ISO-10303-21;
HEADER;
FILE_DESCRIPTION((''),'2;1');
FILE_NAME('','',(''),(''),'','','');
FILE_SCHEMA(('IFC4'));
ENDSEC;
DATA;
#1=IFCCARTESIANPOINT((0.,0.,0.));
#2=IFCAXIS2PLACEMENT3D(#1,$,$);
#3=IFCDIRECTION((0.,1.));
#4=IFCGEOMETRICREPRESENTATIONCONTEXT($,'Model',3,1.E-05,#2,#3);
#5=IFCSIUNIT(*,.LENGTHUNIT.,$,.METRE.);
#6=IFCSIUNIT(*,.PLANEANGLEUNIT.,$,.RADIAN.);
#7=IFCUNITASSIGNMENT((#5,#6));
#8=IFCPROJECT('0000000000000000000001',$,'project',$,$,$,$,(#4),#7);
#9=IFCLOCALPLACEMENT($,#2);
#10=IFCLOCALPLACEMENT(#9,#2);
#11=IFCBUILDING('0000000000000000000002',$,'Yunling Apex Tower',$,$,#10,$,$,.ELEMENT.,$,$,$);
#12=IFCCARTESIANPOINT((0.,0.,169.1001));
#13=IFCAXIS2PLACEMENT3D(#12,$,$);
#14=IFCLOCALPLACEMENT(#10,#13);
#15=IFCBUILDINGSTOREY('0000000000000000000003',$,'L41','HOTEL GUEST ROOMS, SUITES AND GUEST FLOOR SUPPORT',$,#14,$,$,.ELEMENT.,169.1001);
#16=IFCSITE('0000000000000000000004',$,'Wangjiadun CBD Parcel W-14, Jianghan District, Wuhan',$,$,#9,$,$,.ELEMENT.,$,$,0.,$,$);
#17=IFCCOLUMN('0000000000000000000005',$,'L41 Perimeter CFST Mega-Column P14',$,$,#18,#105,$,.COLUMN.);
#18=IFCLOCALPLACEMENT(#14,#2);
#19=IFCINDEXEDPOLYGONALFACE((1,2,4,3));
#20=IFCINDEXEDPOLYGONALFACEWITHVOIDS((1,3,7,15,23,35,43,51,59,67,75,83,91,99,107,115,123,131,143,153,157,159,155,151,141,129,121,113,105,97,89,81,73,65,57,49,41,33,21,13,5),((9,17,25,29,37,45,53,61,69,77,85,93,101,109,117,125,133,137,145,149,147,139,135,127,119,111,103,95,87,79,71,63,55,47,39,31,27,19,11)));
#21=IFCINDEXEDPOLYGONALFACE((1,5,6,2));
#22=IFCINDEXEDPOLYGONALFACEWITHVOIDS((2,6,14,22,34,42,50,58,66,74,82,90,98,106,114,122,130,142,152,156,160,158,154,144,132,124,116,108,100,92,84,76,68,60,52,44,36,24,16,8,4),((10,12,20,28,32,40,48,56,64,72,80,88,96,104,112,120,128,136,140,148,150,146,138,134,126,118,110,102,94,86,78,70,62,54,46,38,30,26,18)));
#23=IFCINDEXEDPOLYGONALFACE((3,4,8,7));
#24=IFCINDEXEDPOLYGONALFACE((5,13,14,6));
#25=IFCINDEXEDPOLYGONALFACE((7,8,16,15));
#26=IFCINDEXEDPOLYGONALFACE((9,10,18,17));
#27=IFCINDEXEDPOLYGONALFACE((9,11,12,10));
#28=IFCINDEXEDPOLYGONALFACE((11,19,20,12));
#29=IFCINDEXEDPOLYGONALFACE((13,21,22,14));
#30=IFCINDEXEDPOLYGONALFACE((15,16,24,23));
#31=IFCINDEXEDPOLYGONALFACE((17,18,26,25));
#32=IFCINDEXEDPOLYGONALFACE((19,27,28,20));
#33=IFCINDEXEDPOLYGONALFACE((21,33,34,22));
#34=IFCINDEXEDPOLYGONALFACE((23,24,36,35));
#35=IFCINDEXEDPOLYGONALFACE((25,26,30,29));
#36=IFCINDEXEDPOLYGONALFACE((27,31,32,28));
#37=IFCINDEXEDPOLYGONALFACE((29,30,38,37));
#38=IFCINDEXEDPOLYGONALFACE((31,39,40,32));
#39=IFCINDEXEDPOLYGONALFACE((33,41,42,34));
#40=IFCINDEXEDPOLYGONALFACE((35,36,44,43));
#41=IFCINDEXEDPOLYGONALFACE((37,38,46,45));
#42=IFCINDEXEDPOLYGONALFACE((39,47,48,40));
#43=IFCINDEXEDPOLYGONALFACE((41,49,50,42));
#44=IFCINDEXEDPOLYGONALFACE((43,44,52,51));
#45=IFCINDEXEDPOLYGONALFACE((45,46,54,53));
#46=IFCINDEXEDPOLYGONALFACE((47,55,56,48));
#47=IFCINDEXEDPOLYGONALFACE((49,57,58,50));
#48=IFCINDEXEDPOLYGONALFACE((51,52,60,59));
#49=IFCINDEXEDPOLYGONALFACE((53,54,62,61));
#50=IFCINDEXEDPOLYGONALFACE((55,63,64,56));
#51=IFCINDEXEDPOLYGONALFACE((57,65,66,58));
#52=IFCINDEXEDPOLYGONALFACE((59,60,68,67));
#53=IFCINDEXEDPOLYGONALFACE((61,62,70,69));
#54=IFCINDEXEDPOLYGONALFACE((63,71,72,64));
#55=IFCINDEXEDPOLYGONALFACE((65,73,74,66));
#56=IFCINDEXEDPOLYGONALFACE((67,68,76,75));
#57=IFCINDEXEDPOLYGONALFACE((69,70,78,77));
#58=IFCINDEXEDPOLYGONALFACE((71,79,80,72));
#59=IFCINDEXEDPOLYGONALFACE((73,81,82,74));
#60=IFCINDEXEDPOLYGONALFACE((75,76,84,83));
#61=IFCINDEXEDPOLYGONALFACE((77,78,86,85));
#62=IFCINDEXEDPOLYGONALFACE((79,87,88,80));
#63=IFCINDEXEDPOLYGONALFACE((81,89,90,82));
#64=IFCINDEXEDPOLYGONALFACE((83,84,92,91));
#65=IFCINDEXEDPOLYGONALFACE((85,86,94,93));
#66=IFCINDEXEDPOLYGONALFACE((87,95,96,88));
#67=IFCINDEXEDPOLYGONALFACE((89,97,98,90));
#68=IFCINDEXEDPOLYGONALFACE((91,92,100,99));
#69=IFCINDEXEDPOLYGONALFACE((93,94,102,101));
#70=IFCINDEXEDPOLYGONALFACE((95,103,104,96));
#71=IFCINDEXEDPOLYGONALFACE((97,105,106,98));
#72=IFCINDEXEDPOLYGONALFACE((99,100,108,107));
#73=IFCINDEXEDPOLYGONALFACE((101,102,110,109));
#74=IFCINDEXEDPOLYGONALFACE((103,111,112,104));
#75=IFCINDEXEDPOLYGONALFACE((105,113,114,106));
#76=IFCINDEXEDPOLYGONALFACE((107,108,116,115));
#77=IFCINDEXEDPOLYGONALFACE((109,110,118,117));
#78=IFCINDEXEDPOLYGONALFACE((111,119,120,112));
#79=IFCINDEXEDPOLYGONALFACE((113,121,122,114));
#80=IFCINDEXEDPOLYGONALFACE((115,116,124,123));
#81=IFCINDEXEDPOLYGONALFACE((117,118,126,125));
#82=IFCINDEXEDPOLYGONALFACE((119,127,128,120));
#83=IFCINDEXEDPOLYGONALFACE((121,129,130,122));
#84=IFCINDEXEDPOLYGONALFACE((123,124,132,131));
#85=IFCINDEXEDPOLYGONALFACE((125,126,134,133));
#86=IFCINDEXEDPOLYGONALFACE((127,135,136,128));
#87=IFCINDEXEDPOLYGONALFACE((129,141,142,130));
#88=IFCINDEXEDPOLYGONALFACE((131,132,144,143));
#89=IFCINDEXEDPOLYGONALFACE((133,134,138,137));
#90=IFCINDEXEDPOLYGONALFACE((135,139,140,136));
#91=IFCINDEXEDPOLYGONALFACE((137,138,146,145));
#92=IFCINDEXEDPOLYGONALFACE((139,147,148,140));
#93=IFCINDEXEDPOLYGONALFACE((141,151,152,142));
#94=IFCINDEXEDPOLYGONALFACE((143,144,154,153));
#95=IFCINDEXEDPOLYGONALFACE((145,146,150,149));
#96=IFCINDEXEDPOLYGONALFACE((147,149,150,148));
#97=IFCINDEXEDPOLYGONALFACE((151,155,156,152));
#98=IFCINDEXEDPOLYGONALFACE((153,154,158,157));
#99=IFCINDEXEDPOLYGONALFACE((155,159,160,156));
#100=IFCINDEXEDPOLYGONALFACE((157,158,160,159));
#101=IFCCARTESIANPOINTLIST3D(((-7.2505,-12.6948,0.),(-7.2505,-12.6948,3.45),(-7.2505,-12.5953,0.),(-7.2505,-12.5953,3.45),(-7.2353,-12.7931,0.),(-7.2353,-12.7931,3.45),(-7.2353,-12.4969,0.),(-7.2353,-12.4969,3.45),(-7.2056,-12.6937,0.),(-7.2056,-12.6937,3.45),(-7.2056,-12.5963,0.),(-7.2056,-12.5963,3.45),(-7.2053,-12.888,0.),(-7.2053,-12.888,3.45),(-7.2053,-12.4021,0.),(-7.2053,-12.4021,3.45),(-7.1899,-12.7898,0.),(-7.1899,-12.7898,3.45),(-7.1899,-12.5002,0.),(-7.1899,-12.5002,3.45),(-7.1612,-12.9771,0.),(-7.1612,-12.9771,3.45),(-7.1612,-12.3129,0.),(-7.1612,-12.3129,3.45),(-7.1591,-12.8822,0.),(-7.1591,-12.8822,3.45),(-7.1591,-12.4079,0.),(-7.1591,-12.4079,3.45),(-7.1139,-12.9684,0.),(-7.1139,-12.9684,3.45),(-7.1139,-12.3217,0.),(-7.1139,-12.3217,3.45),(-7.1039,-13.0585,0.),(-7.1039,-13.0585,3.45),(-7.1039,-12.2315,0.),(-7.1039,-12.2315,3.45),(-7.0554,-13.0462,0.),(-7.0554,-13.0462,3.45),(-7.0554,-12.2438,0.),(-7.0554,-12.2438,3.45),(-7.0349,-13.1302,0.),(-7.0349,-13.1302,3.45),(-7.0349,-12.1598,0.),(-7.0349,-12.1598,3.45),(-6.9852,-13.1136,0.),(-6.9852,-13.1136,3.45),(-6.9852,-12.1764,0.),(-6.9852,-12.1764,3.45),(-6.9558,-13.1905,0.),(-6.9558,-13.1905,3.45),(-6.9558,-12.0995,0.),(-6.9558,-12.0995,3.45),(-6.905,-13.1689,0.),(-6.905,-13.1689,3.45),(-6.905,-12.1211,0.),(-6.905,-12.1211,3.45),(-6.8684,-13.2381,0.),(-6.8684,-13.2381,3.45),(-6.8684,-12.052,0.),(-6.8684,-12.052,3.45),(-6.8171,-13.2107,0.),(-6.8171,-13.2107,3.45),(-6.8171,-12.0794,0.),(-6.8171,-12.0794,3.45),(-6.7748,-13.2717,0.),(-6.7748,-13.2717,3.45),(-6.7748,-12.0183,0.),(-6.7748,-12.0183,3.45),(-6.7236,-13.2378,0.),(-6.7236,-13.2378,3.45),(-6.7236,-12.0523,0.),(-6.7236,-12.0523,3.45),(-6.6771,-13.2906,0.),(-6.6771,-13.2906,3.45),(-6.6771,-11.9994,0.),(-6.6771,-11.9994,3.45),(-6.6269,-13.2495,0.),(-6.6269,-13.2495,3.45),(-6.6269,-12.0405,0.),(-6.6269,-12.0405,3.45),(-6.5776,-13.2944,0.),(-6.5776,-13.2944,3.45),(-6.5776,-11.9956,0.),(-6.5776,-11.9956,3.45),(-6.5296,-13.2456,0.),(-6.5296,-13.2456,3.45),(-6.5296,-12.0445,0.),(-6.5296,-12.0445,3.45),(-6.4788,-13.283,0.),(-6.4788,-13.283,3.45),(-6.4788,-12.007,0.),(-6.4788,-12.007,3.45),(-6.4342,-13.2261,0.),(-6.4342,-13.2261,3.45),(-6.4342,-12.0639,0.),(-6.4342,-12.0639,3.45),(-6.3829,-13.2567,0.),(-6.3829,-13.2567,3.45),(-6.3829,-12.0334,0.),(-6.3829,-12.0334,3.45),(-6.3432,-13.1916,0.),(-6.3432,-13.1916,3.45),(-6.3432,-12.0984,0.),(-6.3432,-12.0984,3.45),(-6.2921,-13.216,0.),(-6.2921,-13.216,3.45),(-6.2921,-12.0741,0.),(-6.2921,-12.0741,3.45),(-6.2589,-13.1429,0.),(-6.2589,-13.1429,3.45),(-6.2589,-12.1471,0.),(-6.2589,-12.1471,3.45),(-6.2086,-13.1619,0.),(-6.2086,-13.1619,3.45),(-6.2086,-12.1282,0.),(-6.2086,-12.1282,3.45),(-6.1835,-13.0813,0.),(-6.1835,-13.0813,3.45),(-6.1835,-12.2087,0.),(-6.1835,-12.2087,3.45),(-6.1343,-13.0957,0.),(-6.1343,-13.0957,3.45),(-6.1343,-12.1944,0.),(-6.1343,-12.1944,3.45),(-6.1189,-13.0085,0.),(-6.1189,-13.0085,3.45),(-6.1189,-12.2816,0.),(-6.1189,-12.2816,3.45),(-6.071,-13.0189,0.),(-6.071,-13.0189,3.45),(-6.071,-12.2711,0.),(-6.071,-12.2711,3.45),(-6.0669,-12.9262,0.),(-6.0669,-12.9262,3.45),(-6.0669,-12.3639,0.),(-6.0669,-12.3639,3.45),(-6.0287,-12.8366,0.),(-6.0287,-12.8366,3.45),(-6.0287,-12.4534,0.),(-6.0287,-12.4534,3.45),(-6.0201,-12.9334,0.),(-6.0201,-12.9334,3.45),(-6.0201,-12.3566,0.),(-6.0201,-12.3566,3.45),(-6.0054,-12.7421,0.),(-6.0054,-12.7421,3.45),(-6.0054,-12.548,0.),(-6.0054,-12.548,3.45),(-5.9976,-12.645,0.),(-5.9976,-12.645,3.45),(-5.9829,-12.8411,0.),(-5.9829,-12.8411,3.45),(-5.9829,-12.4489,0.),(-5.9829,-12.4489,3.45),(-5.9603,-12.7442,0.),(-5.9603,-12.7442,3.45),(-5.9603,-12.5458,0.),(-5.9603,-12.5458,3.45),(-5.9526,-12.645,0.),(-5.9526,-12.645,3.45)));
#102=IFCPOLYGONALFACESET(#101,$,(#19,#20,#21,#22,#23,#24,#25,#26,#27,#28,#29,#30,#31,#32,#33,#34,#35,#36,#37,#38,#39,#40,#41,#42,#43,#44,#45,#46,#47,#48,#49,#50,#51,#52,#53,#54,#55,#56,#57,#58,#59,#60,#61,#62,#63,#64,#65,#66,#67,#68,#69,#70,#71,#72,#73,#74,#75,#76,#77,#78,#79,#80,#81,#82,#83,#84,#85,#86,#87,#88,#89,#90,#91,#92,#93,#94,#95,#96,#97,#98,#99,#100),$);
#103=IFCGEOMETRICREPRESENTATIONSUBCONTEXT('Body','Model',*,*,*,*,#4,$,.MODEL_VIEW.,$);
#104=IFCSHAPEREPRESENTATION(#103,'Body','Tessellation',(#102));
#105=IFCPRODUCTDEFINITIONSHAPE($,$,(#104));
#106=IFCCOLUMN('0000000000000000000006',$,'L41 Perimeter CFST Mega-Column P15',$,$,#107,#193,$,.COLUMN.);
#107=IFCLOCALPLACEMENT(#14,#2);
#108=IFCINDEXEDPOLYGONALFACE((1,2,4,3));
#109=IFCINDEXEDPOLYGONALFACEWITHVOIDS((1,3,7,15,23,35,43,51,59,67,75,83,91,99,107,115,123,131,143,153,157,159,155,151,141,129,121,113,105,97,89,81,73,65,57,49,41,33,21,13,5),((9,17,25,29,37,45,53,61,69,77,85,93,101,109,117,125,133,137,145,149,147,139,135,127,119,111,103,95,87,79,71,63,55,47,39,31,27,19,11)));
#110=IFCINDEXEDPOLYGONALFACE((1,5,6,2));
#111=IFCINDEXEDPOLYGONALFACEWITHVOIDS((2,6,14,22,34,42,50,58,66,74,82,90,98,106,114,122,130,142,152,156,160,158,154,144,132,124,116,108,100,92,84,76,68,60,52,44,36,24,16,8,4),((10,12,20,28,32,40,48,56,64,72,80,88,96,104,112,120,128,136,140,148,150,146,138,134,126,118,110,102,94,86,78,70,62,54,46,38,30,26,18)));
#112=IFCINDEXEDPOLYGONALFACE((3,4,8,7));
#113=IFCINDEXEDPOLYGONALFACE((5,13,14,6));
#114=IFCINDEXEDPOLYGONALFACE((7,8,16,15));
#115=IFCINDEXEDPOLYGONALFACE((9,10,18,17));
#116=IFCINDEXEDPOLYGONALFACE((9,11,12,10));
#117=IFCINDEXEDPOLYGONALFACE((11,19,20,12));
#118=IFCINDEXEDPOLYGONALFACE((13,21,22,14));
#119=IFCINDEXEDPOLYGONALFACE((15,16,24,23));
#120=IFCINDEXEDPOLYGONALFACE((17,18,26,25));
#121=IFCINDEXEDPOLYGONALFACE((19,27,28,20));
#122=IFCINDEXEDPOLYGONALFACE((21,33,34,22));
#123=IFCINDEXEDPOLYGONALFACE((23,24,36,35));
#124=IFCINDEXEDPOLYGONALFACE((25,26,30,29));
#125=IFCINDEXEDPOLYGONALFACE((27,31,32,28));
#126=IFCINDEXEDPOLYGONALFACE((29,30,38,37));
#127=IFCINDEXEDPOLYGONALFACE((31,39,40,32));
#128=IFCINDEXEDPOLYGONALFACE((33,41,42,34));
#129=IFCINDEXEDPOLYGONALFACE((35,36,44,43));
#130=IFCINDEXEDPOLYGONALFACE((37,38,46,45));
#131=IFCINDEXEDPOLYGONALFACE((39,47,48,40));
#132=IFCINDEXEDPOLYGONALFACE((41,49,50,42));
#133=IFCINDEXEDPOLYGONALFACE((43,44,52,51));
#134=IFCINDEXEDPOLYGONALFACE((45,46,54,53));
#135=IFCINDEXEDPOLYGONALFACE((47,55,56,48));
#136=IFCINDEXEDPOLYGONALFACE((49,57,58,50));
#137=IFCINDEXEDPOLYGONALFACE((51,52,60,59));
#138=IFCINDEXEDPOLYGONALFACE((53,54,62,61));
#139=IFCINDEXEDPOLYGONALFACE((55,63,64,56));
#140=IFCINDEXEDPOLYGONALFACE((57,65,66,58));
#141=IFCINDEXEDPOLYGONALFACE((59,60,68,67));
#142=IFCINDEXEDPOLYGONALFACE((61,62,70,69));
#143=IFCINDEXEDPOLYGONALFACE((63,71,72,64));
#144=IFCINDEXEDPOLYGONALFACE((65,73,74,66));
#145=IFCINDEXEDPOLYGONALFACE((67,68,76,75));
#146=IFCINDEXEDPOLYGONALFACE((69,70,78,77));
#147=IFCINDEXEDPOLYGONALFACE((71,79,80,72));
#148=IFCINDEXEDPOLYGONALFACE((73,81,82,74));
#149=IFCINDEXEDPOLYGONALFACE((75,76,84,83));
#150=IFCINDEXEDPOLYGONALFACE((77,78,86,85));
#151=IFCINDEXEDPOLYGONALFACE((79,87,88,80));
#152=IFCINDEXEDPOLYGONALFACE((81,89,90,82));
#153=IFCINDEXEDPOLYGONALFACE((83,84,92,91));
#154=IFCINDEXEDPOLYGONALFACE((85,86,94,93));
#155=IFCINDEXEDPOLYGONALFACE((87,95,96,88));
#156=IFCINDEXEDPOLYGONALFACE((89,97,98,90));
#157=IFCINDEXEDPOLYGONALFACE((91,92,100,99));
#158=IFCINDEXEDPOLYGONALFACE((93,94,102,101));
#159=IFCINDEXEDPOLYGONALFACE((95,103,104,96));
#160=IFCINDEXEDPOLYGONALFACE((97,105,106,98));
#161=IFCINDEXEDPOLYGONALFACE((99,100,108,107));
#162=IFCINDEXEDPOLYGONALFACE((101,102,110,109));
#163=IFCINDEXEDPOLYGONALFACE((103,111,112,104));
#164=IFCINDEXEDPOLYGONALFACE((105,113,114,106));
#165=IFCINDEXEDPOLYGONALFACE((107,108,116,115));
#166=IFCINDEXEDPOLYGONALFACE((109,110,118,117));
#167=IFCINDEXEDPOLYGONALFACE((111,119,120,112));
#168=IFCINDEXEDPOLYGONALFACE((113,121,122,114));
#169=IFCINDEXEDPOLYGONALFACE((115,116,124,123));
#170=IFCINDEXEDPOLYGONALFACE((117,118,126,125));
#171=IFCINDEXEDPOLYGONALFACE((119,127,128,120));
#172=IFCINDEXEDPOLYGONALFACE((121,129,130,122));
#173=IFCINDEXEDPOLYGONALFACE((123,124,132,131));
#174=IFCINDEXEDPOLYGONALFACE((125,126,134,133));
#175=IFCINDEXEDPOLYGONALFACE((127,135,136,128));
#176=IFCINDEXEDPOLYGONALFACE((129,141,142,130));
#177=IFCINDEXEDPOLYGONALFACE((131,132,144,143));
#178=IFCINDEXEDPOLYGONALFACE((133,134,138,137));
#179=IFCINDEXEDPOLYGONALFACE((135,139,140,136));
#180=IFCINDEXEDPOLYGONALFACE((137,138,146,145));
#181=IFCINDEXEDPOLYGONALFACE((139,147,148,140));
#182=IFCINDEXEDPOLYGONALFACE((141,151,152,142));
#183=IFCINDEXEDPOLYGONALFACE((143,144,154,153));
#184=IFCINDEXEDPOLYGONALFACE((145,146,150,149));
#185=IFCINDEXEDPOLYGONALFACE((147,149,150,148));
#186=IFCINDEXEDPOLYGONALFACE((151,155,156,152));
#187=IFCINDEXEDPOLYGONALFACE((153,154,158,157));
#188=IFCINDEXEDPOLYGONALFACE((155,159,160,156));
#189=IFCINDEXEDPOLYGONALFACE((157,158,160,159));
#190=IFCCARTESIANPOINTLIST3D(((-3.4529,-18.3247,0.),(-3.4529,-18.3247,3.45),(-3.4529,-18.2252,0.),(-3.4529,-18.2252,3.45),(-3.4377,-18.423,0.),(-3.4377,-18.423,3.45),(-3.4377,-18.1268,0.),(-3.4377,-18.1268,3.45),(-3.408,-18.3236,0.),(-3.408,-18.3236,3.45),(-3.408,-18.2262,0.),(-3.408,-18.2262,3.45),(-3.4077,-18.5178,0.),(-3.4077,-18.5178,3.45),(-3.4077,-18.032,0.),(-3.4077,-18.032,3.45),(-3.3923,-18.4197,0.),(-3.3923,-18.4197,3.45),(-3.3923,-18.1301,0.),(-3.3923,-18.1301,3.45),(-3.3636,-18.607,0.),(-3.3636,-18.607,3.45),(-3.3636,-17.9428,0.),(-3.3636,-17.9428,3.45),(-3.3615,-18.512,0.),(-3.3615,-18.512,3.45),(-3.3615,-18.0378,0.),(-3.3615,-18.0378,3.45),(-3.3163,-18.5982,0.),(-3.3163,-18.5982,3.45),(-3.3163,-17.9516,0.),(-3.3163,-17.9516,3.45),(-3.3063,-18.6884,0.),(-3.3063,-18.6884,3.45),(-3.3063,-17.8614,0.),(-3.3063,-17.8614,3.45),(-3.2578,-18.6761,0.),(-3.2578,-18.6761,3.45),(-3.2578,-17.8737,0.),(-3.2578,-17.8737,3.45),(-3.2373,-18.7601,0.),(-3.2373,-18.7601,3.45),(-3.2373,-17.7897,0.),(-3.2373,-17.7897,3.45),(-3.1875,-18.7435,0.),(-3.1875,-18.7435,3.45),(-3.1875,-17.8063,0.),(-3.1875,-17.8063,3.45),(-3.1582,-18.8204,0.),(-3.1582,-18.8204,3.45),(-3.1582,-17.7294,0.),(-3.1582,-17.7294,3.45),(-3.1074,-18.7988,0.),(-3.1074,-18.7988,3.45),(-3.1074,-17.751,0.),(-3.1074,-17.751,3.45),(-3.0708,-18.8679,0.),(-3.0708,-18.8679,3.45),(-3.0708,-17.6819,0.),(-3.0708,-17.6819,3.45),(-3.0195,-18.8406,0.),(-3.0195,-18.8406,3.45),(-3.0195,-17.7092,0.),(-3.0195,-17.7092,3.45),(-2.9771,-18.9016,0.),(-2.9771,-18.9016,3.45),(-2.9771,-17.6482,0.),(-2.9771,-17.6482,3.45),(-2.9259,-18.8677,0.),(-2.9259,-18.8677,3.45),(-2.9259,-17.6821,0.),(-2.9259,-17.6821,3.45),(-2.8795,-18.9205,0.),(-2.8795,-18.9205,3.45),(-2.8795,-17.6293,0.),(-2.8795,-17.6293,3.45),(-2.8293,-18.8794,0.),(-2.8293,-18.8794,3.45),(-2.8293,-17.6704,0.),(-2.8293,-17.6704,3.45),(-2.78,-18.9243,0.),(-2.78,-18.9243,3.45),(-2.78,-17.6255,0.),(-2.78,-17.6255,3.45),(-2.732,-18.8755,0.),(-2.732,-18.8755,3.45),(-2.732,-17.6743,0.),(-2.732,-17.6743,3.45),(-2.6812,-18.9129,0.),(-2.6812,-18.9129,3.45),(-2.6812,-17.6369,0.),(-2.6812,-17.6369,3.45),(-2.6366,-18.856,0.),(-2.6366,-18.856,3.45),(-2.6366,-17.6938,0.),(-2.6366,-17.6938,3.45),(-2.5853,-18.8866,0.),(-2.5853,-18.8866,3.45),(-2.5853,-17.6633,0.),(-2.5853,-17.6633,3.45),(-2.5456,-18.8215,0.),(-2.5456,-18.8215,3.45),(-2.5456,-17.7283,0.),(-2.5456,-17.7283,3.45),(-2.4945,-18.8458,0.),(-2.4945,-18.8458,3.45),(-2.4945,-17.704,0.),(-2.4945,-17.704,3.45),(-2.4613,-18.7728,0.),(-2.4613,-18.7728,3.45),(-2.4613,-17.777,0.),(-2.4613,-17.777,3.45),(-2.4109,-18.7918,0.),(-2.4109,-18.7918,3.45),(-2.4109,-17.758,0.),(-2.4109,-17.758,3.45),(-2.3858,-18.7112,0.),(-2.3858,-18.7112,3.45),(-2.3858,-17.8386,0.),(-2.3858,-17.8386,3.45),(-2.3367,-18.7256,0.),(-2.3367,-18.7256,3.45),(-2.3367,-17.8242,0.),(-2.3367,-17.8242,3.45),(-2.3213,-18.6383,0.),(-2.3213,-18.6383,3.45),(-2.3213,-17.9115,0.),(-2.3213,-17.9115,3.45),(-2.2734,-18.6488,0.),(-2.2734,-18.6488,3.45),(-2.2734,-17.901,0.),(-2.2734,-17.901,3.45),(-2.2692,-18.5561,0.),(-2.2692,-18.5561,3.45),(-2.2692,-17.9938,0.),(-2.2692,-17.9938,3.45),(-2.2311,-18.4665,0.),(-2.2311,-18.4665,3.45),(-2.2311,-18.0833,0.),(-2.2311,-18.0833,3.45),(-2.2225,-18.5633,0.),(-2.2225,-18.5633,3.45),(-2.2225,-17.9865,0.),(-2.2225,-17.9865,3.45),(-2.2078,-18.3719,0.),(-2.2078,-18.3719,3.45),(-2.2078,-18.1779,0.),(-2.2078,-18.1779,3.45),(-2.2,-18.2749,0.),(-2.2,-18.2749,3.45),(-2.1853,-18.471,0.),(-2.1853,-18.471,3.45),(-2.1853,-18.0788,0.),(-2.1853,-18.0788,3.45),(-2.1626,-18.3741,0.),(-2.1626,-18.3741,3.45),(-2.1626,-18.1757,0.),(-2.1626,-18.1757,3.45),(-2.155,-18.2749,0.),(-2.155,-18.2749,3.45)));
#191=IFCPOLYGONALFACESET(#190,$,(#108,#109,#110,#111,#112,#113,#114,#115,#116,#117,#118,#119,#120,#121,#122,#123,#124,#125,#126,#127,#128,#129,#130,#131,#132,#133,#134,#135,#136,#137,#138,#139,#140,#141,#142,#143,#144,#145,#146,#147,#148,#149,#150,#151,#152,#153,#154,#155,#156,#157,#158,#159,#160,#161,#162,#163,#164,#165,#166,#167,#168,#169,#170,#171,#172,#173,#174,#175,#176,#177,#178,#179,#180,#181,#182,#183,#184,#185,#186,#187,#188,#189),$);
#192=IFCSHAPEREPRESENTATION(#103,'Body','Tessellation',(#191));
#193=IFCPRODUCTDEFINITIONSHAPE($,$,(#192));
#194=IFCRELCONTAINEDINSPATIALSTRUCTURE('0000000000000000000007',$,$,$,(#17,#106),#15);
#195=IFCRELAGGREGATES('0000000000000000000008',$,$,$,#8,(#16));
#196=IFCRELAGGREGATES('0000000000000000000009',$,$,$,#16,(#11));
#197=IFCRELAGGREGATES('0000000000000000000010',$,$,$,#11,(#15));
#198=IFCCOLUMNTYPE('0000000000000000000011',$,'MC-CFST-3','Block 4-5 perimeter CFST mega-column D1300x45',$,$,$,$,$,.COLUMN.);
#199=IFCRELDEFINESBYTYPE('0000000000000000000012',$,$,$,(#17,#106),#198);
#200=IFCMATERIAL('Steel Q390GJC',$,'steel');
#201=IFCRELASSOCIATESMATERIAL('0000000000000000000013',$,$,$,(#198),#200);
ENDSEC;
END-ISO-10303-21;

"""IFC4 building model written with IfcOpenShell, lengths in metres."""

from ifc_helpers import new_model, si_unit, direction, frame, origin, origin_2d, place, context, subcontext, project, spatial, hollow_circle, extrude, source, transform, mapped, material, material_profile, profile_set, type_object, element, save


model = new_model("IFC4")

# Units and contexts
model_context = context("Model", 3, precision=1e-05, world=origin(), true_north=direction((0.0, 1.0)))
body_context = subcontext(model_context, "Body", "Model", "MODEL_VIEW")
ifc_project = project(units=[si_unit("LENGTHUNIT", "METRE"), si_unit("PLANEANGLEUNIT", "RADIAN")], contexts=[model_context])

# Site, building, storey
site_placement = place(None, origin())
site = spatial("IfcSite", under=ifc_project, at=site_placement, Name="Wangjiadun CBD Parcel W-14, Jianghan District, Wuhan", CompositionType="ELEMENT", RefElevation=0.0)
building_placement = place(site_placement, origin())
building = spatial("IfcBuilding", under=site, at=building_placement, Name="Yunling Apex Tower", CompositionType="ELEMENT")
storey_placement = place(building_placement, frame((0.0, 0.0, 169.1001)))
storey = spatial("IfcBuildingStorey", under=building, at=storey_placement, Name="L41", Description="HOTEL GUEST ROOMS, SUITES AND GUEST FLOOR SUPPORT", CompositionType="ELEMENT", Elevation=169.1001)

# Columns
ifc_material_1 = material(Name="Steel Q390GJC", Category="steel")
ifc_material_profile_1 = material_profile(ifc_material_1, hollow_circle(Radius=0.6499, WallThickness=0.0449, at=origin_2d()))
ifc_profile_set_1 = profile_set([ifc_material_profile_1], Name="Steel Q390GJC")
column_type = type_object("IfcColumnType", Name="MC-CFST-3", Description="Block 4-5 perimeter CFST mega-column D1300x45", PredefinedType="COLUMN", material=ifc_profile_set_1)
shared_shape_1 = source(origin(), body_context, "Body", "SweptSolid", [
    extrude(hollow_circle(Radius=0.6499, WallThickness=0.0449, at=origin_2d()), origin(), (0.0, 0.0, 1.0), 3.45),
])
for number, where, z_axis, x_axis, name in (
    (1, (-6.6025, -12.645, 0.0), (0.0, 0.0, 1.0), (1.0, 0.0, 0.0), "L41 Perimeter CFST Mega-Column P14"),
    (2, (-2.8049, -18.2749, 0.0), (0.0, 0.0, 1.0), (1.0, 0.0, 0.0), "L41 Perimeter CFST Mega-Column P15"),
):
    element("IfcColumn", number, at=place(storey_placement, frame(where, z_axis=z_axis, x_axis=x_axis)), inside=storey, type_object=column_type, Name=name, PredefinedType="COLUMN", context=body_context, shape_type="MappedRepresentation", body=[
        mapped(shared_shape_1, transform((0.0, 0.0, 0.0), scale=1.0)),
    ])

save(model, "model.ifc")
